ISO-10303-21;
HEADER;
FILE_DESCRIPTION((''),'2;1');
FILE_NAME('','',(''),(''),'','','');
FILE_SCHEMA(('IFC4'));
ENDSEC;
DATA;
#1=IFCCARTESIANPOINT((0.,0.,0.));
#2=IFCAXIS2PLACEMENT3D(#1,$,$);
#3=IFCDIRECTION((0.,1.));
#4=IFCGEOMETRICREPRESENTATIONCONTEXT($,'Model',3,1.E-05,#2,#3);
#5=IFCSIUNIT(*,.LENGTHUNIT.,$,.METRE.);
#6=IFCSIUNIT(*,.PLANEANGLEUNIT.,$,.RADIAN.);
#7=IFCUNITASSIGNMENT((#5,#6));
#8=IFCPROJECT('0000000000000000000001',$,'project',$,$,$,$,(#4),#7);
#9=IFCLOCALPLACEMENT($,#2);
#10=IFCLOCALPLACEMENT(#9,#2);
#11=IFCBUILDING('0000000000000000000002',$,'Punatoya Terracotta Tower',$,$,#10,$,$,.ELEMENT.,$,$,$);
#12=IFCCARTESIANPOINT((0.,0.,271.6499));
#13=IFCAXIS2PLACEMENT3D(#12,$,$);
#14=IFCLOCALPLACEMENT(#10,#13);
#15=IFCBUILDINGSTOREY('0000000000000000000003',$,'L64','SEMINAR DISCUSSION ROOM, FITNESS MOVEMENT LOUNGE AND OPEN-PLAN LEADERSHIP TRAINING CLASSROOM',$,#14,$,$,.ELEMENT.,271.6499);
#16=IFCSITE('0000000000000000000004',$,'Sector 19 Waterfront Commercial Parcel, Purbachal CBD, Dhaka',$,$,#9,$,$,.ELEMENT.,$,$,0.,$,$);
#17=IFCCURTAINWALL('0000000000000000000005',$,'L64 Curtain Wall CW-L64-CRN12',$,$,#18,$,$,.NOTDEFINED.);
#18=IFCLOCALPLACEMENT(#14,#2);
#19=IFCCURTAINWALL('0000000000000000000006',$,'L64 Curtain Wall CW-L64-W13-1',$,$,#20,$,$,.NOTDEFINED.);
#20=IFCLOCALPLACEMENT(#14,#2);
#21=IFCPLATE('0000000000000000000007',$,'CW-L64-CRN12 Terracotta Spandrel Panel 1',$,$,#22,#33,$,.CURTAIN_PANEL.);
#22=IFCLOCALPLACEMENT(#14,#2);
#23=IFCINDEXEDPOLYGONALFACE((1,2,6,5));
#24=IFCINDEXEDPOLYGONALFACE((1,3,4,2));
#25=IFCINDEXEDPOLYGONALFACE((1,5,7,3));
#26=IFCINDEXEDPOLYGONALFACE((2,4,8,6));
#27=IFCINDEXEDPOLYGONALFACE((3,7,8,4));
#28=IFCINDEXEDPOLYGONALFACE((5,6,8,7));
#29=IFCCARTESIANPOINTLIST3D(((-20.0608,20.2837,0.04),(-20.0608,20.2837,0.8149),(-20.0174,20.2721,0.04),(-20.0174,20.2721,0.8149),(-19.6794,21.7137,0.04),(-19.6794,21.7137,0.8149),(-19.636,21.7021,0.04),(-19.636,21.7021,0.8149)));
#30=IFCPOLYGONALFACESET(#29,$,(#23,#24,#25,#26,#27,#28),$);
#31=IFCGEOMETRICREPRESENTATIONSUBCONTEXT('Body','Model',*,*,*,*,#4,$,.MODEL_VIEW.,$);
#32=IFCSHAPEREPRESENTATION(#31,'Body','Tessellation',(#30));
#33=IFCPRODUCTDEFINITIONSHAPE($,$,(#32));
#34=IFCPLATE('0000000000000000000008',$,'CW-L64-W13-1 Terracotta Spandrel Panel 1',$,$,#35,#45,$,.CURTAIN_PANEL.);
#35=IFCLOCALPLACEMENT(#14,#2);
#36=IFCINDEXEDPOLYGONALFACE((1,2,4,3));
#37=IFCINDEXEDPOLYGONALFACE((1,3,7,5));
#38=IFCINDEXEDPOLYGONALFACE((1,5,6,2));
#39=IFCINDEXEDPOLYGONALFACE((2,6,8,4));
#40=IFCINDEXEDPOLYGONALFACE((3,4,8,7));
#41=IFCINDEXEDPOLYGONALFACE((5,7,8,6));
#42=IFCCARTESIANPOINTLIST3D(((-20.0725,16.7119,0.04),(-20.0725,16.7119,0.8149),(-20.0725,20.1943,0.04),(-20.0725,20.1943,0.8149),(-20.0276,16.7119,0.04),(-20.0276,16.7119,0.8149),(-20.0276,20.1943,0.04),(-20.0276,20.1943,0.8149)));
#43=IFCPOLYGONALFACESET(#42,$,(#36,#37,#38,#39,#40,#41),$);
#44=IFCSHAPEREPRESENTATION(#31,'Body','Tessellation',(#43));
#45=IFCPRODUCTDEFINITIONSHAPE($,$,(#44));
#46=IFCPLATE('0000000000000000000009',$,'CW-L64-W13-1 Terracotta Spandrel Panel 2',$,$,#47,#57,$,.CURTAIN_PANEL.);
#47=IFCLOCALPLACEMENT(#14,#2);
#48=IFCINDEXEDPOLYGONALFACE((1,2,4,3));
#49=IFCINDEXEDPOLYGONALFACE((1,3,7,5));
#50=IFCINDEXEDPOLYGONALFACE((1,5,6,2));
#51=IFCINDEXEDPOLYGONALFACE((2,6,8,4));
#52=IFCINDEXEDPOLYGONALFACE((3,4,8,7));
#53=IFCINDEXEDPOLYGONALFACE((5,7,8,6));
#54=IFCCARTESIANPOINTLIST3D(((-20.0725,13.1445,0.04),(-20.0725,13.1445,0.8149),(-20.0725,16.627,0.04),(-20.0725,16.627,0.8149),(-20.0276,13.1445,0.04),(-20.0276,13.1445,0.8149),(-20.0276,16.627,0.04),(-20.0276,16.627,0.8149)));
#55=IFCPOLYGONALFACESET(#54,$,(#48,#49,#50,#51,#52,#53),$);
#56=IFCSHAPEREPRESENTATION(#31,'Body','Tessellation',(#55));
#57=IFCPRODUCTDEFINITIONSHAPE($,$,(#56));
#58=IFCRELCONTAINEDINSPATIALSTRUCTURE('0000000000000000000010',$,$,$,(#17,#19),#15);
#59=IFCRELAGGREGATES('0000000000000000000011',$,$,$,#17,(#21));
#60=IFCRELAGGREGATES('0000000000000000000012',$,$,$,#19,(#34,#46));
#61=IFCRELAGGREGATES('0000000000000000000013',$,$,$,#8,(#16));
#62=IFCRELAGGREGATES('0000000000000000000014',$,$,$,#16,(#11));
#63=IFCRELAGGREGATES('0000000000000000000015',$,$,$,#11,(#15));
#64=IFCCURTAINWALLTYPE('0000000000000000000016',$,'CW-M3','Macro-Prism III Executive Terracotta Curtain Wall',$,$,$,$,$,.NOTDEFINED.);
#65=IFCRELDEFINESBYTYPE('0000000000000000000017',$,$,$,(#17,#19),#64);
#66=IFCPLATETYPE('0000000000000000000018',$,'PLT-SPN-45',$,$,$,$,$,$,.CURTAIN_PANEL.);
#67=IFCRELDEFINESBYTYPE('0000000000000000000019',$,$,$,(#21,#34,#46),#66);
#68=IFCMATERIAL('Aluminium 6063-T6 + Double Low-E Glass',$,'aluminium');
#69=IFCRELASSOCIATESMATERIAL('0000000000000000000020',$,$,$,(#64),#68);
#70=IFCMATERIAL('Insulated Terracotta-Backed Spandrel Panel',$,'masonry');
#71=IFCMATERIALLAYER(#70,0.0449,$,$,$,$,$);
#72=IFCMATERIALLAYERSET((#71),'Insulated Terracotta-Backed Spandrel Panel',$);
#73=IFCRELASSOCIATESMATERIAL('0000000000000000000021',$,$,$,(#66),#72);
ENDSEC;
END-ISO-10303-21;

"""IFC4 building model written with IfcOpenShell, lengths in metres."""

from ifc_helpers import new_model, si_unit, direction, frame, origin, origin_2d, place, context, subcontext, project, spatial, rectangle, extrude, material, layer, layer_set, type_object, element, aggregate, save


model = new_model("IFC4")

# Units and contexts
model_context = context("Model", 3, precision=1e-05, world=origin(), true_north=direction((0.0, 1.0)))
body_context = subcontext(model_context, "Body", "Model", "MODEL_VIEW")
ifc_project = project(units=[si_unit("LENGTHUNIT", "METRE"), si_unit("PLANEANGLEUNIT", "RADIAN")], contexts=[model_context])

# Site, building, storey
site_placement = place(None, origin())
site = spatial("IfcSite", under=ifc_project, at=site_placement, Name="Sector 19 Waterfront Commercial Parcel, Purbachal CBD, Dhaka", CompositionType="ELEMENT", RefElevation=0.0)
building_placement = place(site_placement, origin())
building = spatial("IfcBuilding", under=site, at=building_placement, Name="Punatoya Terracotta Tower", CompositionType="ELEMENT")
storey_placement = place(building_placement, frame((0.0, 0.0, 271.6499)))
storey = spatial("IfcBuildingStorey", under=building, at=storey_placement, Name="L64", Description="SEMINAR DISCUSSION ROOM, FITNESS MOVEMENT LOUNGE AND OPEN-PLAN LEADERSHIP TRAINING CLASSROOM", CompositionType="ELEMENT", Elevation=271.6499)

# Curtain walls
ifc_material_1 = material(Name="Aluminium 6063-T6 + Double Low-E Glass", Category="aluminium")
curtain_wall_type = type_object("IfcCurtainWallType", Name="CW-M3", Description="Macro-Prism III Executive Terracotta Curtain Wall", PredefinedType="NOTDEFINED", material=ifc_material_1)
curtain_wall_1_placement = place(storey_placement, origin())
curtain_wall_1 = element("IfcCurtainWall", 1, at=curtain_wall_1_placement, inside=storey, type_object=curtain_wall_type, Name="L64 Curtain Wall CW-L64-CRN12", PredefinedType="NOTDEFINED")
curtain_wall_2_placement = place(storey_placement, origin())
curtain_wall_2 = element("IfcCurtainWall", 2, at=curtain_wall_2_placement, inside=storey, type_object=curtain_wall_type, Name="L64 Curtain Wall CW-L64-W13-1", PredefinedType="NOTDEFINED")

# Plates
ifc_material_2 = material(Name="Insulated Terracotta-Backed Spandrel Panel", Category="masonry")
ifc_layer_1 = layer(ifc_material_2, 0.0449)
ifc_layer_set_1 = layer_set([ifc_layer_1], Name="Insulated Terracotta-Backed Spandrel Panel")
plate_type_1 = type_object("IfcPlateType", Name="PLT-SPN-45", PredefinedType="CURTAIN_PANEL", material=ifc_layer_set_1)
plate_1_placement = place(storey_placement, frame((-19.8484, 20.9929, 0.04), z_axis=(0.0, 0.0, 1.0), x_axis=(-0.257742, -0.966214, 0.0)))
plate_1 = element("IfcPlate", 3, at=plate_1_placement, type_object=plate_type_1, Name="CW-L64-CRN12 Terracotta Spandrel Panel 1", PredefinedType="CURTAIN_PANEL", context=body_context, shape_type="SweptSolid", body=[
    extrude(rectangle(XDim=1.48, YDim=0.0449, at=origin_2d()), origin(), (0.0, 0.0, 1.0), 0.7749),
])
aggregate(curtain_wall_1, [plate_1])
plate_2_placement = place(storey_placement, frame((-20.05, 18.4531, 0.04), z_axis=(0.0, 0.0, 1.0), x_axis=(0.0, -1.0, 0.0)))
plate_2 = element("IfcPlate", 4, at=plate_2_placement, type_object=plate_type_1, Name="CW-L64-W13-1 Terracotta Spandrel Panel 1", PredefinedType="CURTAIN_PANEL", context=body_context, shape_type="SweptSolid", body=[
    extrude(rectangle(XDim=3.4824, YDim=0.0449, at=origin_2d()), origin(), (0.0, 0.0, 1.0), 0.7749),
])
plate_3_placement = place(storey_placement, frame((-20.05, 14.8857, 0.04), z_axis=(0.0, 0.0, 1.0), x_axis=(0.0, -1.0, 0.0)))
plate_3 = element("IfcPlate", 5, at=plate_3_placement, type_object=plate_type_1, Name="CW-L64-W13-1 Terracotta Spandrel Panel 2", PredefinedType="CURTAIN_PANEL", context=body_context, shape_type="SweptSolid", body=[
    extrude(rectangle(XDim=3.4824, YDim=0.0449, at=origin_2d()), origin(), (0.0, 0.0, 1.0), 0.7749),
])
aggregate(curtain_wall_2, [plate_2, plate_3])

save(model, "model.ifc")
